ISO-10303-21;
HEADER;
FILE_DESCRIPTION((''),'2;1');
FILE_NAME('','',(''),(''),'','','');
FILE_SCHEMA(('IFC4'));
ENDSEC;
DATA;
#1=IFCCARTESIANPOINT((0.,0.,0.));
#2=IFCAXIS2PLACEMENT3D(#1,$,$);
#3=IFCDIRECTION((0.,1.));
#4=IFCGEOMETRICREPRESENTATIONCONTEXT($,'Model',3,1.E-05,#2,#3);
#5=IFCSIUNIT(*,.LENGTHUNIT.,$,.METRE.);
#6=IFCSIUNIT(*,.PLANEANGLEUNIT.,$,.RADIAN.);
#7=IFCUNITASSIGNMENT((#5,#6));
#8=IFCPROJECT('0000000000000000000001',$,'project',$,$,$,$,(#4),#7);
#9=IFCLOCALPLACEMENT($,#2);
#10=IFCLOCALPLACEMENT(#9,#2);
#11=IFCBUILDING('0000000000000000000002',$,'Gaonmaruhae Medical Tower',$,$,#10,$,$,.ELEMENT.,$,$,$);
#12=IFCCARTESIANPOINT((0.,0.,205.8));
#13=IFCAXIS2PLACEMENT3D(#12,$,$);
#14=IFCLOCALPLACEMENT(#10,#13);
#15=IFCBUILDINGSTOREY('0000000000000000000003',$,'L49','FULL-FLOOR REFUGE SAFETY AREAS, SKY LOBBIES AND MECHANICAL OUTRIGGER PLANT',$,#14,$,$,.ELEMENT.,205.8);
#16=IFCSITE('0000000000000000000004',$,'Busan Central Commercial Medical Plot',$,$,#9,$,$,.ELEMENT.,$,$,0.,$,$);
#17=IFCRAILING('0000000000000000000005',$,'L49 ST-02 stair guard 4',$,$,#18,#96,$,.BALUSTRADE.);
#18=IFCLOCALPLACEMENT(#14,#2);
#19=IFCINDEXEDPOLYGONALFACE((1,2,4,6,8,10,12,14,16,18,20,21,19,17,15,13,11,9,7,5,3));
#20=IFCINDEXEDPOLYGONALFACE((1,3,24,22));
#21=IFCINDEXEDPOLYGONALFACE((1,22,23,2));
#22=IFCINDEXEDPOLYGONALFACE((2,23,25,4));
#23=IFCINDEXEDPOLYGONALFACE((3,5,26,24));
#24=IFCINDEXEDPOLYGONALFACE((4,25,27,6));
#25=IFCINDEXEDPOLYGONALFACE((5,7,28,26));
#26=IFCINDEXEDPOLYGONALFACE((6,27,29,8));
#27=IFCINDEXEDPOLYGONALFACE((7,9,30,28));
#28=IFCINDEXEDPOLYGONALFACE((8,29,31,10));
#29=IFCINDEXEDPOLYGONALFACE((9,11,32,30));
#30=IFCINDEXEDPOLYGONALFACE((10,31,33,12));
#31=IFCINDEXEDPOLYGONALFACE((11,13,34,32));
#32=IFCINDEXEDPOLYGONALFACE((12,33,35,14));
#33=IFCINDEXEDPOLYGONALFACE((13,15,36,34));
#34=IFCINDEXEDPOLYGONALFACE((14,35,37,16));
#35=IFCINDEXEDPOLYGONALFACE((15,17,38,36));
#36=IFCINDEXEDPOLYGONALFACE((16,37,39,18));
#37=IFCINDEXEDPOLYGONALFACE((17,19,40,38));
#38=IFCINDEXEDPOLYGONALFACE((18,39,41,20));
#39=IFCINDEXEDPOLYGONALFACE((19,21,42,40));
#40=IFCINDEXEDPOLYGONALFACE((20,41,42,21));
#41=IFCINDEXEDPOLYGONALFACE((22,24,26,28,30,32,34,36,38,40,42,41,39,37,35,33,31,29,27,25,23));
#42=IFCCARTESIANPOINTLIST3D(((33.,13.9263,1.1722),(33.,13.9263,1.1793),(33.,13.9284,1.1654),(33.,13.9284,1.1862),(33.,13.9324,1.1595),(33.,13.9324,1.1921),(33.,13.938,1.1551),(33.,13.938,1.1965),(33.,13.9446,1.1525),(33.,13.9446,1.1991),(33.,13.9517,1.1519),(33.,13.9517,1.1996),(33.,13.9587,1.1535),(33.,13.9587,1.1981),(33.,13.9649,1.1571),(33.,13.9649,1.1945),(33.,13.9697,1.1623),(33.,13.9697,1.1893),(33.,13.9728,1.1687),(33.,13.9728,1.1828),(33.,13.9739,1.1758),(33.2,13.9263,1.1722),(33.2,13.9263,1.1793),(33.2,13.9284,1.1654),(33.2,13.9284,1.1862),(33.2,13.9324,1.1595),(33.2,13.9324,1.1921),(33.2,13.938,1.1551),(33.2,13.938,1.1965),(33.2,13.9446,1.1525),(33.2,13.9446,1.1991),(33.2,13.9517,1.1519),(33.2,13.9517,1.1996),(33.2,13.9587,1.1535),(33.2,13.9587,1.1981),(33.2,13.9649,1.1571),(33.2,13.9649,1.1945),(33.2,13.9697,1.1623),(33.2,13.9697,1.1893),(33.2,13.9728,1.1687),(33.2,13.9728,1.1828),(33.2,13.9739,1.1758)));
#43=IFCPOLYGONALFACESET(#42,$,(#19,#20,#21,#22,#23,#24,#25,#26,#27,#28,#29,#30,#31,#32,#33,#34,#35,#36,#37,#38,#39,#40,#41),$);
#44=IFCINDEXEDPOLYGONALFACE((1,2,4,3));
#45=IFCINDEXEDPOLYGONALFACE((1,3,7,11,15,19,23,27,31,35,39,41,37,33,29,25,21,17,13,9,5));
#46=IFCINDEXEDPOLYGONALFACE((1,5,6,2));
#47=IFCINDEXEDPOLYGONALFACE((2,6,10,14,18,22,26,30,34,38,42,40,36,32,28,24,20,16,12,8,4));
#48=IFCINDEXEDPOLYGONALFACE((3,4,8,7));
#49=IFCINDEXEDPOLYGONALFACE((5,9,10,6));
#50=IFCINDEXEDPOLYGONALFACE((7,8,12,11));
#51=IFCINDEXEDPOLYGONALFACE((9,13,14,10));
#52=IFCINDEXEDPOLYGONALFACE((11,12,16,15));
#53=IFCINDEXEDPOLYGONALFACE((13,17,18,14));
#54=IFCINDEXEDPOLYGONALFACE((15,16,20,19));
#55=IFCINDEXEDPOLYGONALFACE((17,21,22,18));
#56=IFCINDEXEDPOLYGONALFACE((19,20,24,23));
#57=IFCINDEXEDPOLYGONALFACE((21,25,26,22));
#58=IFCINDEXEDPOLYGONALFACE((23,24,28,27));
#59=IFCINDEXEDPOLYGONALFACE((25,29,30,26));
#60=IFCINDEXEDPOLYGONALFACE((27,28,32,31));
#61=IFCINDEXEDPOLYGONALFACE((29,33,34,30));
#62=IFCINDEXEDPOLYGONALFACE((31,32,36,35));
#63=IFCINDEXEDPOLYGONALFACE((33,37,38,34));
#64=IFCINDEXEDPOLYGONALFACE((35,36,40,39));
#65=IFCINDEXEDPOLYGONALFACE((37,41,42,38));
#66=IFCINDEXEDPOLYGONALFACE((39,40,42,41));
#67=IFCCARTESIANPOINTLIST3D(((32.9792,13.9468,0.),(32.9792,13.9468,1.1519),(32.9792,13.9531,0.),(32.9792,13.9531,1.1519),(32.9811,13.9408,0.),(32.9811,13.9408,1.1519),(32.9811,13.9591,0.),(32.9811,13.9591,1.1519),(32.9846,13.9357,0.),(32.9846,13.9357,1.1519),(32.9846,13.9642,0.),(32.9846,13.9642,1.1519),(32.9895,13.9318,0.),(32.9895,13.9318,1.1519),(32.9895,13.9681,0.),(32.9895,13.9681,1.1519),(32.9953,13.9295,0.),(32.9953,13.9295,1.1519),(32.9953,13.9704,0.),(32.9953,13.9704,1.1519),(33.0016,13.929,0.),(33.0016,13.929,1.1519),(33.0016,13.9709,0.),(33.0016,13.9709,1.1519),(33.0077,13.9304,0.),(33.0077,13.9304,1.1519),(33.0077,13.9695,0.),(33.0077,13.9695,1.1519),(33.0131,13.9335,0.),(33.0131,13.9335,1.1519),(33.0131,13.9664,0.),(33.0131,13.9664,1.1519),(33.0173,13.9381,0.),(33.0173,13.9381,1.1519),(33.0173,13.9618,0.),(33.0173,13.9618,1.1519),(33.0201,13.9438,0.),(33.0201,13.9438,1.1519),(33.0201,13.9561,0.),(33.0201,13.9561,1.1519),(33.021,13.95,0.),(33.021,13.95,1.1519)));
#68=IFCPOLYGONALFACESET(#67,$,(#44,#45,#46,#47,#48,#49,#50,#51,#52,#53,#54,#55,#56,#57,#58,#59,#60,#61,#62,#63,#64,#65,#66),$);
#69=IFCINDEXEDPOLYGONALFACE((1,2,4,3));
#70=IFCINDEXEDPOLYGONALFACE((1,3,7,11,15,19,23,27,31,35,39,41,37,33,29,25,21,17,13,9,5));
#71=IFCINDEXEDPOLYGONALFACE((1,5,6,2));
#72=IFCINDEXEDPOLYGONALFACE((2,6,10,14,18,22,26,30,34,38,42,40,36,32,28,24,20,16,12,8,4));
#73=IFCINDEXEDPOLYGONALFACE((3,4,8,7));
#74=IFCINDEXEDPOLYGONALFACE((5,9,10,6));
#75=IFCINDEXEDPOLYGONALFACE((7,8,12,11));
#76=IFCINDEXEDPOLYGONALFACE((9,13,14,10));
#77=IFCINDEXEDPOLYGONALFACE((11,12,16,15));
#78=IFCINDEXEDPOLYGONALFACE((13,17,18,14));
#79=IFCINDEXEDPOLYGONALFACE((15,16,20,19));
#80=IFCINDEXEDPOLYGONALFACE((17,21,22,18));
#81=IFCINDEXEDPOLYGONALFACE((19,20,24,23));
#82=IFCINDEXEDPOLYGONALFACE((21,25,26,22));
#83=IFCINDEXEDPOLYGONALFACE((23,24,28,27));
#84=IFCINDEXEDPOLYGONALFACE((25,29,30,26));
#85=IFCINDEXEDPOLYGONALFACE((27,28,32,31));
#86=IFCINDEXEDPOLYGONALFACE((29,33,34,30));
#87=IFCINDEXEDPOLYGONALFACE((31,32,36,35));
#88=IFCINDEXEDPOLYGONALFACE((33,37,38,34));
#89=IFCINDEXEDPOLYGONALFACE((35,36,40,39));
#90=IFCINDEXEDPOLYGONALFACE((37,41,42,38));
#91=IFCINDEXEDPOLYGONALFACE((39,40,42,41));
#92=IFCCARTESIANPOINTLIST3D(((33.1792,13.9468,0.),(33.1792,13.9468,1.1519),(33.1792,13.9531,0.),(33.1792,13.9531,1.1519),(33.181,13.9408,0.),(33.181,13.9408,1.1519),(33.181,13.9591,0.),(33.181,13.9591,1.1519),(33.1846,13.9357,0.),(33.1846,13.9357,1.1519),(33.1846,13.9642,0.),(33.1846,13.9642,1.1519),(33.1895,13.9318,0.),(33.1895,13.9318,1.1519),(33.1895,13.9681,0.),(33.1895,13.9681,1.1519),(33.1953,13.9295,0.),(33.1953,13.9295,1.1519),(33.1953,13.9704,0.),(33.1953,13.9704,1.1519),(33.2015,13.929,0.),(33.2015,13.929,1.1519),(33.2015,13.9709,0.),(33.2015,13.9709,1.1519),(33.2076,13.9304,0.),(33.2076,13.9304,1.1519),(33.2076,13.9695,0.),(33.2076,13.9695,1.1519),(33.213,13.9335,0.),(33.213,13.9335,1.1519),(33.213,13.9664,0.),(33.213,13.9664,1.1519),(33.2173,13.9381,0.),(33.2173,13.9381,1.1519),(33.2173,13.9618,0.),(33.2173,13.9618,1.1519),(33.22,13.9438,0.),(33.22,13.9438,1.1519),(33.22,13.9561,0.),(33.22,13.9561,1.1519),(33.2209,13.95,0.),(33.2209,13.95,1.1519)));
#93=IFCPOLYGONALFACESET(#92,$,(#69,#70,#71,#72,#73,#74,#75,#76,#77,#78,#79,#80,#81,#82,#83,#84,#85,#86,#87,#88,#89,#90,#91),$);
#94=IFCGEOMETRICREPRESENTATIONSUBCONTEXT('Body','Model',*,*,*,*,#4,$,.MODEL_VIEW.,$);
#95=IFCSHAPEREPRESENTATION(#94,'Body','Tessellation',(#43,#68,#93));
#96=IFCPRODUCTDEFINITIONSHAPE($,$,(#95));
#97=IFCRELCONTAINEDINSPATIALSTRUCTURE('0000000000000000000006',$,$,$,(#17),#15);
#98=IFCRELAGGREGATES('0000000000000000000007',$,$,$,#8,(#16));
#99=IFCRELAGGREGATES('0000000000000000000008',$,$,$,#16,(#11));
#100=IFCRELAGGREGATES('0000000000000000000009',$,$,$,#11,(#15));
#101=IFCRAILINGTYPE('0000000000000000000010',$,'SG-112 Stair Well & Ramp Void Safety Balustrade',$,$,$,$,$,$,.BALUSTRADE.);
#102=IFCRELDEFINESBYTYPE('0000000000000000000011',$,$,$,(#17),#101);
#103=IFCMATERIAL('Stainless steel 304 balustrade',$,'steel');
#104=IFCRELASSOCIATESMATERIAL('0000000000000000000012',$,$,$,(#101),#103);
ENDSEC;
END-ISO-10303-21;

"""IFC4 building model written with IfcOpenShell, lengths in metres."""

from ifc_helpers import new_model, si_unit, direction, frame, origin, origin_2d, place, context, subcontext, project, spatial, circle, extrude, material, type_object, element, save


model = new_model("IFC4")

# Units and contexts
model_context = context("Model", 3, precision=1e-05, world=origin(), true_north=direction((0.0, 1.0)))
body_context = subcontext(model_context, "Body", "Model", "MODEL_VIEW")
ifc_project = project(units=[si_unit("LENGTHUNIT", "METRE"), si_unit("PLANEANGLEUNIT", "RADIAN")], contexts=[model_context])

# Site, building, storey
site_placement = place(None, origin())
site = spatial("IfcSite", under=ifc_project, at=site_placement, Name="Busan Central Commercial Medical Plot", CompositionType="ELEMENT", RefElevation=0.0)
building_placement = place(site_placement, origin())
building = spatial("IfcBuilding", under=site, at=building_placement, Name="Gaonmaruhae Medical Tower", CompositionType="ELEMENT")
storey_placement = place(building_placement, frame((0.0, 0.0, 205.8)))
storey = spatial("IfcBuildingStorey", under=building, at=storey_placement, Name="L49", Description="FULL-FLOOR REFUGE SAFETY AREAS, SKY LOBBIES AND MECHANICAL OUTRIGGER PLANT", CompositionType="ELEMENT", Elevation=205.8)

# Railing
ifc_material_1 = material(Name="Stainless steel 304 balustrade", Category="steel")
railing_type_1 = type_object("IfcRailingType", Name="SG-112 Stair Well & Ramp Void Safety Balustrade", PredefinedType="BALUSTRADE", material=ifc_material_1)
railing_1_placement = place(storey_placement, frame((33.0, 13.95, 0.0)))
element("IfcRailing", 1, at=railing_1_placement, inside=storey, type_object=railing_type_1, Name="L49 ST-02 stair guard 4", PredefinedType="BALUSTRADE", context=body_context, shape_type="SweptSolid", body=[
    extrude(circle(Radius=0.0239, at=origin_2d()), frame((0.0, 0.0, 1.1758), z_axis=(1.0, 0.0, 0.0), x_axis=(0.0, 1.0, 0.0)), (0.0, 0.0, 1.0), 0.2),
    extrude(circle(Radius=0.021, at=origin_2d()), origin(), (0.0, 0.0, 1.0), 1.1519),
    extrude(circle(Radius=0.021, at=origin_2d()), frame((0.2, 0.0, 0.0)), (0.0, 0.0, 1.0), 1.1519),
])

save(model, "model.ifc")
